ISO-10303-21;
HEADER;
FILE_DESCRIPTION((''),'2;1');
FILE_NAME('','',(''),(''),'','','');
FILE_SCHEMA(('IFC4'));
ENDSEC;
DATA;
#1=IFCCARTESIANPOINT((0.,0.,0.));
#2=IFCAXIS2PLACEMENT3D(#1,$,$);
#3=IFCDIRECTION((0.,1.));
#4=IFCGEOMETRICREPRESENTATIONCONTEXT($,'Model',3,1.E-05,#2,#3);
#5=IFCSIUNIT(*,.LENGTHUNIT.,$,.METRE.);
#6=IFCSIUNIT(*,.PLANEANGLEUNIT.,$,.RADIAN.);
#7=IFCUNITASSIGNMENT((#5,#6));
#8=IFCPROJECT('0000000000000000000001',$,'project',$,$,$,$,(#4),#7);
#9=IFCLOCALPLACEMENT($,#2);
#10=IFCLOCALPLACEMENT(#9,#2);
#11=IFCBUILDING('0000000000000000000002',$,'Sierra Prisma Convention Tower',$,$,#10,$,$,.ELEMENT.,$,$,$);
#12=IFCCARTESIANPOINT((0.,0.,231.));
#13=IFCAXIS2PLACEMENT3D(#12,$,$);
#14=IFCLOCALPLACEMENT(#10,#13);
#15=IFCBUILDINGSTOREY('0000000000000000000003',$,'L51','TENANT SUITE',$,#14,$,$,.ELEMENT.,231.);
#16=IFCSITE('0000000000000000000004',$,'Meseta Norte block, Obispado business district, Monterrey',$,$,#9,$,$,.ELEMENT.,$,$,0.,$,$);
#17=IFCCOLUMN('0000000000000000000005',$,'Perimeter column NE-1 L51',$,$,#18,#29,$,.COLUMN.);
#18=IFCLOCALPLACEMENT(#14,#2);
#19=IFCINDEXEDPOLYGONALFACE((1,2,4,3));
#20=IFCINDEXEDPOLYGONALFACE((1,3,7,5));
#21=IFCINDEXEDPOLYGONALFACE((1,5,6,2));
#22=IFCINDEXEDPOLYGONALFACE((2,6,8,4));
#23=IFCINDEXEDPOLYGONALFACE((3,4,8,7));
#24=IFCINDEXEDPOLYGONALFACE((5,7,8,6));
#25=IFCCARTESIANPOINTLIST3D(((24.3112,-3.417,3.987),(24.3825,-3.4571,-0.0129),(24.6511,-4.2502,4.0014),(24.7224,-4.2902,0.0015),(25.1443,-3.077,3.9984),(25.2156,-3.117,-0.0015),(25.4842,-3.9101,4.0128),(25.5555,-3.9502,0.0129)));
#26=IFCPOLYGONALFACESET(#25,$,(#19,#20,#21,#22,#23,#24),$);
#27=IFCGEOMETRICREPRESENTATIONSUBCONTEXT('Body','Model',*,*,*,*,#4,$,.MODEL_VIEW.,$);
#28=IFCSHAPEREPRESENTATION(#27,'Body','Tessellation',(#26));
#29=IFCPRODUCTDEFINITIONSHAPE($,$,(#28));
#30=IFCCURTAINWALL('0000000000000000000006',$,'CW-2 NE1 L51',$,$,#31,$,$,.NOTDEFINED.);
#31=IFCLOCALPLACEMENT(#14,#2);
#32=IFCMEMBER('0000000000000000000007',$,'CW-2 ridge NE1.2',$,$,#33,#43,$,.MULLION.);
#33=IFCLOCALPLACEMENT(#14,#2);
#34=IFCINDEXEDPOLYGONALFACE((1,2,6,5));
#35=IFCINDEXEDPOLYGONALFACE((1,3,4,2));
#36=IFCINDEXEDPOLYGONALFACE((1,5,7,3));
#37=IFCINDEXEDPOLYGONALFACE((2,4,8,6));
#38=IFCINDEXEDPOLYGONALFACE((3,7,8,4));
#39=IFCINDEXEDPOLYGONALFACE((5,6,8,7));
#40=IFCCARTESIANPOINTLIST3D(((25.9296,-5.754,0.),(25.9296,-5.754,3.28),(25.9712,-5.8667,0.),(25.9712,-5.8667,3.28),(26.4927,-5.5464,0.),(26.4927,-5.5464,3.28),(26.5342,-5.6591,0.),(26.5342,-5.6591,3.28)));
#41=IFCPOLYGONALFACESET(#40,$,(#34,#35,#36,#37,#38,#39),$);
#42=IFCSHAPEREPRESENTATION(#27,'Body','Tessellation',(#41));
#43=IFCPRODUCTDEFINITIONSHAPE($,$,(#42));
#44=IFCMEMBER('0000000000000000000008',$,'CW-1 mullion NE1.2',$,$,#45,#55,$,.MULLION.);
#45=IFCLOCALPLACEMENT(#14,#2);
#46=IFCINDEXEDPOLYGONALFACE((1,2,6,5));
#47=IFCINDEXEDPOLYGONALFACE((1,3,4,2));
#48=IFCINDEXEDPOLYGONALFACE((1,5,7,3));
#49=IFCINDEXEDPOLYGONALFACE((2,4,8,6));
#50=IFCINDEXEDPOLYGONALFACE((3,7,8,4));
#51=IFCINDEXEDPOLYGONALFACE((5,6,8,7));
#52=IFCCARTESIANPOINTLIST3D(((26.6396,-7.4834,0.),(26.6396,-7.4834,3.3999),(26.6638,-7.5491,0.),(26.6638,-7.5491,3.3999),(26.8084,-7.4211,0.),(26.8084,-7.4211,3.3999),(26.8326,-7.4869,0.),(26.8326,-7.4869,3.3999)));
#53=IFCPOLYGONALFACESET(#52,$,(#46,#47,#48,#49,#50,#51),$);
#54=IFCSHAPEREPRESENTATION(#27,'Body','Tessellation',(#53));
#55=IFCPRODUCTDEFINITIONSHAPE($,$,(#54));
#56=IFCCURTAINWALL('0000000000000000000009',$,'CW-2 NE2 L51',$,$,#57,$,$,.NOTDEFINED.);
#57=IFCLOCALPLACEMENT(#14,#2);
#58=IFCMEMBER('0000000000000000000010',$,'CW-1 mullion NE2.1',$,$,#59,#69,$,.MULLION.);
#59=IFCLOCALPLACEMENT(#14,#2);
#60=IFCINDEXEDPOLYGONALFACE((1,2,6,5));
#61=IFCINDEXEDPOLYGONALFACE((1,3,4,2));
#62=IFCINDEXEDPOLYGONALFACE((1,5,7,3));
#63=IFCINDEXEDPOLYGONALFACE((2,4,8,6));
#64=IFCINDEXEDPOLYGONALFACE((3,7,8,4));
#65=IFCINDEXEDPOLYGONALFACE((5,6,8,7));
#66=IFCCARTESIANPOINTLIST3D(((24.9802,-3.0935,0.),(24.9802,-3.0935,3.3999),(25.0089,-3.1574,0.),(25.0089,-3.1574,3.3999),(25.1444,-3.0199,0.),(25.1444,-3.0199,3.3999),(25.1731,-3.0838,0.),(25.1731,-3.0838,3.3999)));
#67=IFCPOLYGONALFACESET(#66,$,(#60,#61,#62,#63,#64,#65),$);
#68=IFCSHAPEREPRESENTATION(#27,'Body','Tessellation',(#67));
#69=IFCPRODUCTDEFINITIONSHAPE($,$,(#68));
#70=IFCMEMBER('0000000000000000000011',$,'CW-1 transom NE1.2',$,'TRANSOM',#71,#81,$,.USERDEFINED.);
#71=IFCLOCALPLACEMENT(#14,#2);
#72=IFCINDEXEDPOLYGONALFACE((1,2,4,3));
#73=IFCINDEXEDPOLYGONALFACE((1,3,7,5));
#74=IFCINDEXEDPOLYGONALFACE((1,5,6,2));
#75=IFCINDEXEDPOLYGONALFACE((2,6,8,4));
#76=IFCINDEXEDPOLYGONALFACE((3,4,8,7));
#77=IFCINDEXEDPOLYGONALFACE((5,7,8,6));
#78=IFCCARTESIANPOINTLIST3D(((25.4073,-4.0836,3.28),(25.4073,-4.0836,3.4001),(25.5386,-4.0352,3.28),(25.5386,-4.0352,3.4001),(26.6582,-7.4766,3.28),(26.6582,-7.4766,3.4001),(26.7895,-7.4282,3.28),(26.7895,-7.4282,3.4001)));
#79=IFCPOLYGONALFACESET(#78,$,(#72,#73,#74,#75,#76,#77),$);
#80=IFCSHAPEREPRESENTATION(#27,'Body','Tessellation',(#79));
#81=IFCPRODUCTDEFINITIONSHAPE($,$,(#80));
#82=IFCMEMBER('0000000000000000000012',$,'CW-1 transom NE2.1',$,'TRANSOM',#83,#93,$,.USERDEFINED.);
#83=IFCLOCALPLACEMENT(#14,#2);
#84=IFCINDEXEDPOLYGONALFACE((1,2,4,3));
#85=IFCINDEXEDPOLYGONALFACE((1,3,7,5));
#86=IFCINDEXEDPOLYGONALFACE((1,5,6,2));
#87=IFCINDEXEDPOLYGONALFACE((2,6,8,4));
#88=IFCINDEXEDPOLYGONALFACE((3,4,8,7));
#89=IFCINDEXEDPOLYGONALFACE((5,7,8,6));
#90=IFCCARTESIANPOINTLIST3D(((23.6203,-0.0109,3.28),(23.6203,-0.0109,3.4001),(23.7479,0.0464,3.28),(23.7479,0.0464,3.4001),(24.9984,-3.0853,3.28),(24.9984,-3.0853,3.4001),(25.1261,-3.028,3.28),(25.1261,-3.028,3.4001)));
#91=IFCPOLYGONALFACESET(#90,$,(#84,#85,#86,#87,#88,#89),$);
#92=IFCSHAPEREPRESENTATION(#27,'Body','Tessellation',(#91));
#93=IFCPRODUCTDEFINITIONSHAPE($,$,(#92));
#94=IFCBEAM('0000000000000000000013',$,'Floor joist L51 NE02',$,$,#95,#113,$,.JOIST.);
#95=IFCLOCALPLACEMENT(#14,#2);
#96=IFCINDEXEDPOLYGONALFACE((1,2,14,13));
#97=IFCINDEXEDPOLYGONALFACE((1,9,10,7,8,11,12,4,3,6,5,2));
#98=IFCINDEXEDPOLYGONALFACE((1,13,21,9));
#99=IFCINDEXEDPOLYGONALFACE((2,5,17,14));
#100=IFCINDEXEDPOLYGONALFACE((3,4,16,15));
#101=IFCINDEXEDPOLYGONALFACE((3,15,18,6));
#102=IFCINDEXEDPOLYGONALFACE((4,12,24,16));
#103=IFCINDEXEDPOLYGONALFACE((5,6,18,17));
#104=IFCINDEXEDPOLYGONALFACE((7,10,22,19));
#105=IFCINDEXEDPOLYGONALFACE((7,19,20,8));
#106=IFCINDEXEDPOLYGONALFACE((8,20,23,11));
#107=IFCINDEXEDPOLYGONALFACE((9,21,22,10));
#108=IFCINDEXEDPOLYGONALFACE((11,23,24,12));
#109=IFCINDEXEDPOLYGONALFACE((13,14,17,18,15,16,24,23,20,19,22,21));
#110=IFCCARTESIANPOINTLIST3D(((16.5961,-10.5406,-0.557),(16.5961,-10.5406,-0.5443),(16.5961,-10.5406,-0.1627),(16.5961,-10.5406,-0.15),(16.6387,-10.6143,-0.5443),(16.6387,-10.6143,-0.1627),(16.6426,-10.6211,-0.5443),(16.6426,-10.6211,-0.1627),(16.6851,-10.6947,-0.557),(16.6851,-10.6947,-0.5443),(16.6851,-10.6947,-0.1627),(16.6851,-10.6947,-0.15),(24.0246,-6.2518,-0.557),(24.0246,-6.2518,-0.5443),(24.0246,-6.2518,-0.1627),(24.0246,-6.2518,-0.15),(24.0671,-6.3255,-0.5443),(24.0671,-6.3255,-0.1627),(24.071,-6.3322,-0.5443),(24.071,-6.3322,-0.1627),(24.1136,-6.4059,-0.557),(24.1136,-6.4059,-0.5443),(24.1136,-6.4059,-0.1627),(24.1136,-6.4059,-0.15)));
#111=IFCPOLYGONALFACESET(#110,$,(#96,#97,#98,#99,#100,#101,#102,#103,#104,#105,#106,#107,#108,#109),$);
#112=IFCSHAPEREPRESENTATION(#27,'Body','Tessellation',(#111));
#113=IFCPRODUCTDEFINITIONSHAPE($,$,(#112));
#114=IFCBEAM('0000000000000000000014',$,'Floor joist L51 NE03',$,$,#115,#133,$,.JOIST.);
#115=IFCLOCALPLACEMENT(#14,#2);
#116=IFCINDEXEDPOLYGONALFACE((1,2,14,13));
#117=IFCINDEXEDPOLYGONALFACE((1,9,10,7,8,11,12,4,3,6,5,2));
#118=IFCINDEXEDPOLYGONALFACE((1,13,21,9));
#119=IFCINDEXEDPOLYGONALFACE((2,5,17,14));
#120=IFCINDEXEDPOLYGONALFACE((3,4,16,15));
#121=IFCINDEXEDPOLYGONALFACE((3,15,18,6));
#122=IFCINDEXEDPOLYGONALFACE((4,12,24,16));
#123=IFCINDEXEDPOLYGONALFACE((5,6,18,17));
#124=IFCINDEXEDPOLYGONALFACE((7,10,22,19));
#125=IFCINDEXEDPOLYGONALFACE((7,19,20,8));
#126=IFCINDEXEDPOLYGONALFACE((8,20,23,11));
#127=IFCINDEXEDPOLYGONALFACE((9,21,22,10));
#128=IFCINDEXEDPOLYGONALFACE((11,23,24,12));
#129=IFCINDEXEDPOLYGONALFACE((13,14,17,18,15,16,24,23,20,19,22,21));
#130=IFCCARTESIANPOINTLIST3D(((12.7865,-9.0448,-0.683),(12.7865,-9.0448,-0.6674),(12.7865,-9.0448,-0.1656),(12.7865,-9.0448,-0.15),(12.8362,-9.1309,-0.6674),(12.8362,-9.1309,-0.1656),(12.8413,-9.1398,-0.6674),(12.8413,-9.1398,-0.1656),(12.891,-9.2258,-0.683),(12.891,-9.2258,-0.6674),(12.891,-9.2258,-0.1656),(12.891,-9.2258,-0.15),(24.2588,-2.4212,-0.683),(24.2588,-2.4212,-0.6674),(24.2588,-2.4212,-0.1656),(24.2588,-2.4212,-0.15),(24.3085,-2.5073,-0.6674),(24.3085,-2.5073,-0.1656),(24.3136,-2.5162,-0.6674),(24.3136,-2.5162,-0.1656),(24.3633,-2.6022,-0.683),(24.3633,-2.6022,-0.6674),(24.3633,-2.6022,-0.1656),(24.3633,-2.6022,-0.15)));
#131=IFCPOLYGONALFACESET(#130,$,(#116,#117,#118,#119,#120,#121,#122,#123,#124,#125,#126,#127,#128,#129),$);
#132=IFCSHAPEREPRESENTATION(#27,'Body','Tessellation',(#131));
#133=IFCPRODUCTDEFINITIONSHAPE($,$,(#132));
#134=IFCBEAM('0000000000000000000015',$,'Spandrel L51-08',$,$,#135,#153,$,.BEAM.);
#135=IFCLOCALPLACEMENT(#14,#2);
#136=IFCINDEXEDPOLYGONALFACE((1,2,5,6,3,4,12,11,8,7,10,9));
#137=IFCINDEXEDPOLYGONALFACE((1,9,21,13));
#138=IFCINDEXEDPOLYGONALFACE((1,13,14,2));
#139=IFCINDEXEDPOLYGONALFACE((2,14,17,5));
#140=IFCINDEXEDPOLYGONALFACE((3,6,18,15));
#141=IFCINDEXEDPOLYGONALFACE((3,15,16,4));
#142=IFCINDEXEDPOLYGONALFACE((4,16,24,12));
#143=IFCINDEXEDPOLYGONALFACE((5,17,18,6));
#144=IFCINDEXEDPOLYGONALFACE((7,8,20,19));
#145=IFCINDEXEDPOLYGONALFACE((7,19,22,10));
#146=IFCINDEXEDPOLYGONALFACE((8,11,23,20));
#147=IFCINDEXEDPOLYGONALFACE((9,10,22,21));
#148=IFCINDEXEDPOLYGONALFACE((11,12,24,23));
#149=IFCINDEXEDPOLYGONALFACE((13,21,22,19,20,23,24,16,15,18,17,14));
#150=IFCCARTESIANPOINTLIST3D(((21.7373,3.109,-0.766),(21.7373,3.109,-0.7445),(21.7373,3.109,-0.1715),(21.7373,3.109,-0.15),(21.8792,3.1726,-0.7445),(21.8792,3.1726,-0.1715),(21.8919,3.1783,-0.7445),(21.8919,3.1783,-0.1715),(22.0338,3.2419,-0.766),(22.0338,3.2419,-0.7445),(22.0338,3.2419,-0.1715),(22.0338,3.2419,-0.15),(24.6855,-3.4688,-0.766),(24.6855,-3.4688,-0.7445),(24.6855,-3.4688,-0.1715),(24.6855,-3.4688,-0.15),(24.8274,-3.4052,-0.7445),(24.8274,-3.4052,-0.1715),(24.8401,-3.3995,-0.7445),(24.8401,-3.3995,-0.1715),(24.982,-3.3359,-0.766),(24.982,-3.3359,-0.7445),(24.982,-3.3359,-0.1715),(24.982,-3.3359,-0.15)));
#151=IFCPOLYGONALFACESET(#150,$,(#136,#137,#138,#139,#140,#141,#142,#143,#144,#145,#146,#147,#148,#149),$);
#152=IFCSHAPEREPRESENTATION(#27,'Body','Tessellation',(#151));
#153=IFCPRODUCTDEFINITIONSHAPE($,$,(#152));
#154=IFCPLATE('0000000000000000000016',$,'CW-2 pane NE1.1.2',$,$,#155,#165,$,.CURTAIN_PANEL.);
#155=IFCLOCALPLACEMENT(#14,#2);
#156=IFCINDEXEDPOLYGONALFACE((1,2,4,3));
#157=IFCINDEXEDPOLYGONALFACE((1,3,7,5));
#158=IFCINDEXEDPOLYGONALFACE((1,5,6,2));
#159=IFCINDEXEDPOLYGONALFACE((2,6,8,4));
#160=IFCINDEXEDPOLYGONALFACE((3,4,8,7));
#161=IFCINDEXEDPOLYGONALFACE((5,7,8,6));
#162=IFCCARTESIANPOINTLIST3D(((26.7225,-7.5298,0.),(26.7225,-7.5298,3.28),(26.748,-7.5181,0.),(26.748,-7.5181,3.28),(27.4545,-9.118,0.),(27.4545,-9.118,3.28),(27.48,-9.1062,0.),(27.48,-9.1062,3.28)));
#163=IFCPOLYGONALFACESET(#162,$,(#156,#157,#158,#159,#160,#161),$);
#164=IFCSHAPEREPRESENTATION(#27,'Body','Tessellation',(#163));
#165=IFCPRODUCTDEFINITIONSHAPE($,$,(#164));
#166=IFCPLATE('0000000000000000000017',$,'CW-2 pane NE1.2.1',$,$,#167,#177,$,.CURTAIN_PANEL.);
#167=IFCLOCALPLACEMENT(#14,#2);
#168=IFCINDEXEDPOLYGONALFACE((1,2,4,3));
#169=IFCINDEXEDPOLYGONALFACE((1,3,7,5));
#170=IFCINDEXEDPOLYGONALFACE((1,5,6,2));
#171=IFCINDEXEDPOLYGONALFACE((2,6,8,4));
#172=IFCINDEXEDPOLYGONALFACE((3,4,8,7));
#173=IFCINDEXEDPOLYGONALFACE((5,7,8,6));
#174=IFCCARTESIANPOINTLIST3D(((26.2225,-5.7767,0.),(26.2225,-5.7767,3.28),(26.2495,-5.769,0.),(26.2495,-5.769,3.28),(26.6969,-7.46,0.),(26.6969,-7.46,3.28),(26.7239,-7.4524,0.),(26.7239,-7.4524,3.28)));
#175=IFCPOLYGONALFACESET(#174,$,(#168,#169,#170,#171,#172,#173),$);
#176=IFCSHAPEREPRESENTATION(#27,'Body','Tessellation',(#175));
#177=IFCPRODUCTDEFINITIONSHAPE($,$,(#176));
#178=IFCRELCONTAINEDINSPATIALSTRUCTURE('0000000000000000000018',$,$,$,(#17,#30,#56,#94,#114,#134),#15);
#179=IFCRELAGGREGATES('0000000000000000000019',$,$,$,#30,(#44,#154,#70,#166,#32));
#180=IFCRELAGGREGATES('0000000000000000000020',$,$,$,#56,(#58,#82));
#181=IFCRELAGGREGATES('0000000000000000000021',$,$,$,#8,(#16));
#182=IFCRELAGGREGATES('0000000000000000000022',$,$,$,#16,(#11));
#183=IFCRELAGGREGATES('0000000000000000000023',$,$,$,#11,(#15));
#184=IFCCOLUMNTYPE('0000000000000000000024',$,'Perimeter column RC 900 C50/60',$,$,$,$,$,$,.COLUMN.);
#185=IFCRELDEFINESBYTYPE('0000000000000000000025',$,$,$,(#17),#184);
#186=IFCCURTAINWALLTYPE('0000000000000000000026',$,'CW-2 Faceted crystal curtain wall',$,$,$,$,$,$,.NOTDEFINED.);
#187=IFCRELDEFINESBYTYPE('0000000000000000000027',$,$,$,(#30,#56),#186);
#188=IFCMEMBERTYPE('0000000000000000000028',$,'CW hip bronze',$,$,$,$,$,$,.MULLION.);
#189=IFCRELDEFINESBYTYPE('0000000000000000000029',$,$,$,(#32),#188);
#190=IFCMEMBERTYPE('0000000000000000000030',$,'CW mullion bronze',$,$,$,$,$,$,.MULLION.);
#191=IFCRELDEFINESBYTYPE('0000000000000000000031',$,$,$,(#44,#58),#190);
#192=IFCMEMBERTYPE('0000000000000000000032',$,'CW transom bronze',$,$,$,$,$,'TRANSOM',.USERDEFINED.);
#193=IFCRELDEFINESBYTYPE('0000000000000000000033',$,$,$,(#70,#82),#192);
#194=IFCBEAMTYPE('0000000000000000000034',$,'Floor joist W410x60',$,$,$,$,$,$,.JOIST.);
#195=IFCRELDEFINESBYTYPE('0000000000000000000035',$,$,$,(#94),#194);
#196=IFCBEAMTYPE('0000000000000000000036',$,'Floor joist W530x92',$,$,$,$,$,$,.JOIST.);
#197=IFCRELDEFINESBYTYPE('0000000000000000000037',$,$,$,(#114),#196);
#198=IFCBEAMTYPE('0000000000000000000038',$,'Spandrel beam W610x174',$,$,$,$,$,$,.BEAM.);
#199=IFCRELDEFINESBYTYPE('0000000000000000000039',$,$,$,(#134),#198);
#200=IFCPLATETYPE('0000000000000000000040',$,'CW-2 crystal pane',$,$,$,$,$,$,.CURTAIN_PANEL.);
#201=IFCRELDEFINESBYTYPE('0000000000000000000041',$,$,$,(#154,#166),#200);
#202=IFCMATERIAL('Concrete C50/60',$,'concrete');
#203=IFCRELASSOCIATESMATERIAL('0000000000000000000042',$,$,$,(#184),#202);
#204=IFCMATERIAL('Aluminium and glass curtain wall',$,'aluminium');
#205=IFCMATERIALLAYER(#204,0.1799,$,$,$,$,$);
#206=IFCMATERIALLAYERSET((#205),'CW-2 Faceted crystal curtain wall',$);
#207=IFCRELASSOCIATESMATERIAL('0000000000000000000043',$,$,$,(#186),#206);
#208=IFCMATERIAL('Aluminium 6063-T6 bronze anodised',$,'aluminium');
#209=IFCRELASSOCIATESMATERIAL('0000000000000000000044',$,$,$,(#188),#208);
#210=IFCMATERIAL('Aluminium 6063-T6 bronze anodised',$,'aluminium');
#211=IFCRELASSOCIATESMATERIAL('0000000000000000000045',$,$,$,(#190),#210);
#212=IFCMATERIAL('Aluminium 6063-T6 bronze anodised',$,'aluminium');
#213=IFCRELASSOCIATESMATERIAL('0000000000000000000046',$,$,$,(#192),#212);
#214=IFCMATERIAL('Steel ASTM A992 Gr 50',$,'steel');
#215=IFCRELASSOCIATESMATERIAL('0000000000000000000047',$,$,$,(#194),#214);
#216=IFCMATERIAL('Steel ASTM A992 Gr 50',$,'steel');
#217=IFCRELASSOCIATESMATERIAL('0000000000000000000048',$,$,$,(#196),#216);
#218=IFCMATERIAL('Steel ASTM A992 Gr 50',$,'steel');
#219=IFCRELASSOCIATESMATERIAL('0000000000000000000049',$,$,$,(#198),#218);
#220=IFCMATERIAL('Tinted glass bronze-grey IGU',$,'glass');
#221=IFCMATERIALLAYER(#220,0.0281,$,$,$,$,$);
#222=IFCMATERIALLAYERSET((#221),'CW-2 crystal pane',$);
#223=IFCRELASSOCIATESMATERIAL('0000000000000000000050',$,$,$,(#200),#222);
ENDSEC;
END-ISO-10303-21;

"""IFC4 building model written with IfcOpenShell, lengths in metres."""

from ifc_helpers import new_model, si_unit, direction, frame, origin, origin_2d, place, context, subcontext, project, spatial, polyline, rectangle, i_section, outline, extrude, material, layer, layer_set, material_profile, profile_set, type_object, element, aggregate, save


model = new_model("IFC4")

# Units and contexts
model_context = context("Model", 3, precision=1e-05, world=origin(), true_north=direction((0.0, 1.0)))
body_context = subcontext(model_context, "Body", "Model", "MODEL_VIEW")
ifc_project = project(units=[si_unit("LENGTHUNIT", "METRE"), si_unit("PLANEANGLEUNIT", "RADIAN")], contexts=[model_context])

# Site, building, storey
site_placement = place(None, origin())
site = spatial("IfcSite", under=ifc_project, at=site_placement, Name="Meseta Norte block, Obispado business district, Monterrey", CompositionType="ELEMENT", RefElevation=0.0)
building_placement = place(site_placement, origin())
building = spatial("IfcBuilding", under=site, at=building_placement, Name="Sierra Prisma Convention Tower", CompositionType="ELEMENT")
storey_placement = place(building_placement, frame((0.0, 0.0, 231.0)))
storey = spatial("IfcBuildingStorey", under=building, at=storey_placement, Name="L51", Description="TENANT SUITE", CompositionType="ELEMENT", Elevation=231.0)

# Column
ifc_material_1 = material(Name="Concrete C50/60", Category="concrete")
ifc_material_profile_1 = material_profile(ifc_material_1, rectangle(XDim=0.8999, YDim=0.8999, at=origin_2d()), Name="Perimeter column RC 900 C50/60")
ifc_profile_set_1 = profile_set([ifc_material_profile_1], Name="Concrete C50/60")
column_type = type_object("IfcColumnType", Name="Perimeter column RC 900 C50/60", PredefinedType="COLUMN", material=ifc_profile_set_1)
column_placement = place(storey_placement, frame((24.969, -3.7036, 0.0), z_axis=(-0.017819, 0.010008, 0.999791), x_axis=(-0.37764, 0.925814, -0.015998)))
element("IfcColumn", 1, at=column_placement, inside=storey, type_object=column_type, Name="Perimeter column NE-1 L51", PredefinedType="COLUMN", context=body_context, shape_type="SweptSolid", body=[
    extrude(rectangle(XDim=0.8999, YDim=0.8999, at=origin_2d()), origin(), (0.0, 0.0, 1.0), 4.0007),
])

# Curtain wall, members
ifc_material_2 = material(Name="Aluminium and glass curtain wall", Category="aluminium")
ifc_layer_1 = layer(ifc_material_2, 0.1799)
ifc_layer_set_1 = layer_set([ifc_layer_1], Name="CW-2 Faceted crystal curtain wall")
curtain_wall_type = type_object("IfcCurtainWallType", Name="CW-2 Faceted crystal curtain wall", PredefinedType="NOTDEFINED", material=ifc_layer_set_1)
curtain_wall_1_placement = place(storey_placement, origin())
curtain_wall_1 = element("IfcCurtainWall", 2, at=curtain_wall_1_placement, inside=storey, type_object=curtain_wall_type, Name="CW-2 NE1 L51", PredefinedType="NOTDEFINED")
ifc_material_3 = material(Name="Aluminium 6063-T6 bronze anodised", Category="aluminium")
ifc_material_profile_2 = material_profile(ifc_material_3, rectangle(XDim=0.1201, YDim=0.6001, at=origin_2d()), Name="ALU RIDGE BLADE 120x600")
ifc_profile_set_2 = profile_set([ifc_material_profile_2], Name="Aluminium 6063-T6 bronze anodised")
member_type_1 = type_object("IfcMemberType", Name="CW hip bronze", PredefinedType="MULLION", material=ifc_profile_set_2)
member_1_placement = place(storey_placement, frame((26.2319, -5.7065, 0.0), z_axis=(0.0, 0.0, 1.0), x_axis=(-0.345939, 0.938257, 0.0)))
member_1 = element("IfcMember", 3, at=member_1_placement, type_object=member_type_1, Name="CW-2 ridge NE1.2", PredefinedType="MULLION", context=body_context, shape_type="SweptSolid", body=[
    extrude(rectangle(XDim=0.1201, YDim=0.6001, at=origin_2d()), origin(), (0.0, 0.0, 1.0), 3.28),
])
ifc_material_4 = material(Name="Aluminium 6063-T6 bronze anodised", Category="aluminium")
ifc_material_profile_3 = material_profile(ifc_material_4, rectangle(XDim=0.1799, YDim=0.0701, at=origin_2d()), Name="ALU MULLION 70x180")
ifc_profile_set_3 = profile_set([ifc_material_profile_3], Name="Aluminium 6063-T6 bronze anodised")
member_type_2 = type_object("IfcMemberType", Name="CW mullion bronze", PredefinedType="MULLION", material=ifc_profile_set_3)
member_2_placement = place(storey_placement, frame((26.7361, -7.4851, 0.0), z_axis=(0.0, 0.0, 1.0), x_axis=(-0.938257, -0.345939, 0.0)))
member_2 = element("IfcMember", 4, at=member_2_placement, type_object=member_type_2, Name="CW-1 mullion NE1.2", PredefinedType="MULLION", context=body_context, shape_type="SweptSolid", body=[
    extrude(rectangle(XDim=0.1799, YDim=0.0701, at=origin_2d()), origin(), (0.0, 0.0, 1.0), 3.3999),
])

# Curtain wall, member
curtain_wall_2_placement = place(storey_placement, origin())
curtain_wall_2 = element("IfcCurtainWall", 5, at=curtain_wall_2_placement, inside=storey, type_object=curtain_wall_type, Name="CW-2 NE2 L51", PredefinedType="NOTDEFINED")
member_3_placement = place(storey_placement, frame((25.0767, -3.0886, 0.0), z_axis=(0.0, 0.0, 1.0), x_axis=(-0.912524, -0.409023, 0.0)))
member_3 = element("IfcMember", 6, at=member_3_placement, type_object=member_type_2, Name="CW-1 mullion NE2.1", PredefinedType="MULLION", context=body_context, shape_type="SweptSolid", body=[
    extrude(rectangle(XDim=0.1799, YDim=0.0701, at=origin_2d()), origin(), (0.0, 0.0, 1.0), 3.3999),
])

# Members
ifc_material_5 = material(Name="Aluminium 6063-T6 bronze anodised", Category="aluminium")
ifc_material_profile_4 = material_profile(ifc_material_5, rectangle(XDim=0.1399, YDim=0.1201, at=origin_2d()), Name="ALU TRANSOM 120x140")
ifc_profile_set_4 = profile_set([ifc_material_profile_4], Name="Aluminium 6063-T6 bronze anodised")
member_type_3 = type_object("IfcMemberType", Name="CW transom bronze", ElementType="TRANSOM", PredefinedType="USERDEFINED", material=ifc_profile_set_4)
member_4_placement = place(storey_placement, frame((26.7239, -7.4524, 3.3401), z_axis=(-0.345924, 0.938262, 0.0), x_axis=(-0.938262, -0.345924, 0.0)))
member_4 = element("IfcMember", 7, at=member_4_placement, type_object=member_type_3, Name="CW-1 transom NE1.2", ObjectType="TRANSOM", PredefinedType="USERDEFINED", context=body_context, shape_type="SweptSolid", body=[
    extrude(rectangle(XDim=0.1399, YDim=0.1201, at=origin_2d()), origin(), (0.0, 0.0, 1.0), 3.6162),
])
member_5_placement = place(storey_placement, frame((25.0623, -3.0566, 3.3401), z_axis=(-0.409048, 0.912513, 0.0), x_axis=(-0.912513, -0.409048, 0.0)))
member_5 = element("IfcMember", 8, at=member_5_placement, type_object=member_type_3, Name="CW-1 transom NE2.1", ObjectType="TRANSOM", PredefinedType="USERDEFINED", context=body_context, shape_type="SweptSolid", body=[
    extrude(rectangle(XDim=0.1399, YDim=0.1201, at=origin_2d()), origin(), (0.0, 0.0, 1.0), 3.3691),
])

# Beams
ifc_material_6 = material(Name="Steel ASTM A992 Gr 50", Category="steel")
ifc_material_profile_5 = material_profile(ifc_material_6, i_section(OverallWidth=0.178, OverallDepth=0.407, WebThickness=0.0078, FlangeThickness=0.0127, at=origin_2d()), Name="W410x60")
ifc_profile_set_5 = profile_set([ifc_material_profile_5], Name="Steel ASTM A992 Gr 50")
beam_type_1 = type_object("IfcBeamType", Name="Floor joist W410x60", PredefinedType="JOIST", material=ifc_profile_set_5)
beam_1_placement = place(storey_placement, frame((24.0691, -6.3289, -0.3535), z_axis=(-0.866026, -0.499999, 0.0), x_axis=(0.499999, -0.866026, 0.0)))
element("IfcBeam", 9, at=beam_1_placement, inside=storey, type_object=beam_type_1, Name="Floor joist L51 NE02", PredefinedType="JOIST", context=body_context, shape_type="SweptSolid", body=[
    extrude(i_section(OverallWidth=0.178, OverallDepth=0.407, WebThickness=0.0078, FlangeThickness=0.0127, at=origin_2d()), origin(), (0.0, 0.0, 1.0), 8.5776),
])
ifc_material_7 = material(Name="Steel ASTM A992 Gr 50", Category="steel")
ifc_material_profile_6 = material_profile(ifc_material_7, i_section(OverallWidth=0.209, OverallDepth=0.533, WebThickness=0.0103, FlangeThickness=0.0156, at=origin_2d()), Name="W530x92")
ifc_profile_set_6 = profile_set([ifc_material_profile_6], Name="Steel ASTM A992 Gr 50")
beam_type_2 = type_object("IfcBeamType", Name="Floor joist W530x92", PredefinedType="JOIST", material=ifc_profile_set_6)
beam_2_placement = place(storey_placement, frame((24.311, -2.5117, -0.4165), z_axis=(-0.866023, -0.500004, 0.0), x_axis=(0.500004, -0.866023, 0.0)))
element("IfcBeam", 10, at=beam_2_placement, inside=storey, type_object=beam_type_2, Name="Floor joist L51 NE03", PredefinedType="JOIST", context=body_context, shape_type="SweptSolid", body=[
    extrude(i_section(OverallWidth=0.209, OverallDepth=0.533, WebThickness=0.0103, FlangeThickness=0.0156, at=origin_2d()), origin(), (0.0, 0.0, 1.0), 13.2471),
])
ifc_material_8 = material(Name="Steel ASTM A992 Gr 50", Category="steel")
ifc_material_profile_7 = material_profile(ifc_material_8, i_section(OverallWidth=0.325, OverallDepth=0.616, WebThickness=0.0139, FlangeThickness=0.0215, at=origin_2d()), Name="W610x174")
ifc_profile_set_7 = profile_set([ifc_material_profile_7], Name="Steel ASTM A992 Gr 50")
beam_type_3 = type_object("IfcBeamType", Name="Spandrel beam W610x174", PredefinedType="BEAM", material=ifc_profile_set_7)
beam_3_placement = place(storey_placement, frame((24.8337, -3.4023, -0.458), z_axis=(-0.409002, 0.912533, 0.0), x_axis=(-0.912533, -0.409002, 0.0)))
element("IfcBeam", 11, at=beam_3_placement, inside=storey, type_object=beam_type_3, Name="Spandrel L51-08", PredefinedType="BEAM", context=body_context, shape_type="SweptSolid", body=[
    extrude(i_section(OverallWidth=0.325, OverallDepth=0.616, WebThickness=0.0139, FlangeThickness=0.0215, at=origin_2d()), origin(), (0.0, 0.0, 1.0), 7.2083),
])

# Plates
ifc_material_9 = material(Name="Tinted glass bronze-grey IGU", Category="glass")
ifc_layer_2 = layer(ifc_material_9, 0.0281)
ifc_layer_set_2 = layer_set([ifc_layer_2], Name="CW-2 crystal pane")
plate_type = type_object("IfcPlateType", Name="CW-2 crystal pane", PredefinedType="CURTAIN_PANEL", material=ifc_layer_set_2)
plate_1_placement = place(storey_placement, frame((26.748, -7.5181, 0.0), z_axis=(0.908188, 0.418562, 0.0), x_axis=(0.418562, -0.908188, 0.0)))
plate_1 = element("IfcPlate", 12, at=plate_1_placement, type_object=plate_type, Name="CW-2 pane NE1.1.2", PredefinedType="CURTAIN_PANEL", context=body_context, shape_type="SweptSolid", body=[
    extrude(outline(polyline([(0.0, 0.0), (1.7487, 0.0), (1.7487, -3.28), (0.0, -3.28), (0.0, 0.0)])), origin(), (0.0, 0.0, -1.0), 0.0281),
])
plate_2_placement = place(storey_placement, frame((26.7239, -7.4524, 0.0), z_axis=(0.962513, 0.271235, 0.0), x_axis=(-0.271235, 0.962513, 0.0)))
plate_2 = element("IfcPlate", 13, at=plate_2_placement, type_object=plate_type, Name="CW-2 pane NE1.2.1", PredefinedType="CURTAIN_PANEL", context=body_context, shape_type="SweptSolid", body=[
    extrude(outline(polyline([(0.0, 0.0), (1.7489, 0.0), (1.7489, 3.28), (0.0, 3.28), (0.0, 0.0)])), origin(), (0.0, 0.0, -1.0), 0.0281),
])
aggregate(curtain_wall_1, [member_2, plate_1, member_4, plate_2, member_1])
aggregate(curtain_wall_2, [member_3, member_5])

save(model, "model.ifc")
